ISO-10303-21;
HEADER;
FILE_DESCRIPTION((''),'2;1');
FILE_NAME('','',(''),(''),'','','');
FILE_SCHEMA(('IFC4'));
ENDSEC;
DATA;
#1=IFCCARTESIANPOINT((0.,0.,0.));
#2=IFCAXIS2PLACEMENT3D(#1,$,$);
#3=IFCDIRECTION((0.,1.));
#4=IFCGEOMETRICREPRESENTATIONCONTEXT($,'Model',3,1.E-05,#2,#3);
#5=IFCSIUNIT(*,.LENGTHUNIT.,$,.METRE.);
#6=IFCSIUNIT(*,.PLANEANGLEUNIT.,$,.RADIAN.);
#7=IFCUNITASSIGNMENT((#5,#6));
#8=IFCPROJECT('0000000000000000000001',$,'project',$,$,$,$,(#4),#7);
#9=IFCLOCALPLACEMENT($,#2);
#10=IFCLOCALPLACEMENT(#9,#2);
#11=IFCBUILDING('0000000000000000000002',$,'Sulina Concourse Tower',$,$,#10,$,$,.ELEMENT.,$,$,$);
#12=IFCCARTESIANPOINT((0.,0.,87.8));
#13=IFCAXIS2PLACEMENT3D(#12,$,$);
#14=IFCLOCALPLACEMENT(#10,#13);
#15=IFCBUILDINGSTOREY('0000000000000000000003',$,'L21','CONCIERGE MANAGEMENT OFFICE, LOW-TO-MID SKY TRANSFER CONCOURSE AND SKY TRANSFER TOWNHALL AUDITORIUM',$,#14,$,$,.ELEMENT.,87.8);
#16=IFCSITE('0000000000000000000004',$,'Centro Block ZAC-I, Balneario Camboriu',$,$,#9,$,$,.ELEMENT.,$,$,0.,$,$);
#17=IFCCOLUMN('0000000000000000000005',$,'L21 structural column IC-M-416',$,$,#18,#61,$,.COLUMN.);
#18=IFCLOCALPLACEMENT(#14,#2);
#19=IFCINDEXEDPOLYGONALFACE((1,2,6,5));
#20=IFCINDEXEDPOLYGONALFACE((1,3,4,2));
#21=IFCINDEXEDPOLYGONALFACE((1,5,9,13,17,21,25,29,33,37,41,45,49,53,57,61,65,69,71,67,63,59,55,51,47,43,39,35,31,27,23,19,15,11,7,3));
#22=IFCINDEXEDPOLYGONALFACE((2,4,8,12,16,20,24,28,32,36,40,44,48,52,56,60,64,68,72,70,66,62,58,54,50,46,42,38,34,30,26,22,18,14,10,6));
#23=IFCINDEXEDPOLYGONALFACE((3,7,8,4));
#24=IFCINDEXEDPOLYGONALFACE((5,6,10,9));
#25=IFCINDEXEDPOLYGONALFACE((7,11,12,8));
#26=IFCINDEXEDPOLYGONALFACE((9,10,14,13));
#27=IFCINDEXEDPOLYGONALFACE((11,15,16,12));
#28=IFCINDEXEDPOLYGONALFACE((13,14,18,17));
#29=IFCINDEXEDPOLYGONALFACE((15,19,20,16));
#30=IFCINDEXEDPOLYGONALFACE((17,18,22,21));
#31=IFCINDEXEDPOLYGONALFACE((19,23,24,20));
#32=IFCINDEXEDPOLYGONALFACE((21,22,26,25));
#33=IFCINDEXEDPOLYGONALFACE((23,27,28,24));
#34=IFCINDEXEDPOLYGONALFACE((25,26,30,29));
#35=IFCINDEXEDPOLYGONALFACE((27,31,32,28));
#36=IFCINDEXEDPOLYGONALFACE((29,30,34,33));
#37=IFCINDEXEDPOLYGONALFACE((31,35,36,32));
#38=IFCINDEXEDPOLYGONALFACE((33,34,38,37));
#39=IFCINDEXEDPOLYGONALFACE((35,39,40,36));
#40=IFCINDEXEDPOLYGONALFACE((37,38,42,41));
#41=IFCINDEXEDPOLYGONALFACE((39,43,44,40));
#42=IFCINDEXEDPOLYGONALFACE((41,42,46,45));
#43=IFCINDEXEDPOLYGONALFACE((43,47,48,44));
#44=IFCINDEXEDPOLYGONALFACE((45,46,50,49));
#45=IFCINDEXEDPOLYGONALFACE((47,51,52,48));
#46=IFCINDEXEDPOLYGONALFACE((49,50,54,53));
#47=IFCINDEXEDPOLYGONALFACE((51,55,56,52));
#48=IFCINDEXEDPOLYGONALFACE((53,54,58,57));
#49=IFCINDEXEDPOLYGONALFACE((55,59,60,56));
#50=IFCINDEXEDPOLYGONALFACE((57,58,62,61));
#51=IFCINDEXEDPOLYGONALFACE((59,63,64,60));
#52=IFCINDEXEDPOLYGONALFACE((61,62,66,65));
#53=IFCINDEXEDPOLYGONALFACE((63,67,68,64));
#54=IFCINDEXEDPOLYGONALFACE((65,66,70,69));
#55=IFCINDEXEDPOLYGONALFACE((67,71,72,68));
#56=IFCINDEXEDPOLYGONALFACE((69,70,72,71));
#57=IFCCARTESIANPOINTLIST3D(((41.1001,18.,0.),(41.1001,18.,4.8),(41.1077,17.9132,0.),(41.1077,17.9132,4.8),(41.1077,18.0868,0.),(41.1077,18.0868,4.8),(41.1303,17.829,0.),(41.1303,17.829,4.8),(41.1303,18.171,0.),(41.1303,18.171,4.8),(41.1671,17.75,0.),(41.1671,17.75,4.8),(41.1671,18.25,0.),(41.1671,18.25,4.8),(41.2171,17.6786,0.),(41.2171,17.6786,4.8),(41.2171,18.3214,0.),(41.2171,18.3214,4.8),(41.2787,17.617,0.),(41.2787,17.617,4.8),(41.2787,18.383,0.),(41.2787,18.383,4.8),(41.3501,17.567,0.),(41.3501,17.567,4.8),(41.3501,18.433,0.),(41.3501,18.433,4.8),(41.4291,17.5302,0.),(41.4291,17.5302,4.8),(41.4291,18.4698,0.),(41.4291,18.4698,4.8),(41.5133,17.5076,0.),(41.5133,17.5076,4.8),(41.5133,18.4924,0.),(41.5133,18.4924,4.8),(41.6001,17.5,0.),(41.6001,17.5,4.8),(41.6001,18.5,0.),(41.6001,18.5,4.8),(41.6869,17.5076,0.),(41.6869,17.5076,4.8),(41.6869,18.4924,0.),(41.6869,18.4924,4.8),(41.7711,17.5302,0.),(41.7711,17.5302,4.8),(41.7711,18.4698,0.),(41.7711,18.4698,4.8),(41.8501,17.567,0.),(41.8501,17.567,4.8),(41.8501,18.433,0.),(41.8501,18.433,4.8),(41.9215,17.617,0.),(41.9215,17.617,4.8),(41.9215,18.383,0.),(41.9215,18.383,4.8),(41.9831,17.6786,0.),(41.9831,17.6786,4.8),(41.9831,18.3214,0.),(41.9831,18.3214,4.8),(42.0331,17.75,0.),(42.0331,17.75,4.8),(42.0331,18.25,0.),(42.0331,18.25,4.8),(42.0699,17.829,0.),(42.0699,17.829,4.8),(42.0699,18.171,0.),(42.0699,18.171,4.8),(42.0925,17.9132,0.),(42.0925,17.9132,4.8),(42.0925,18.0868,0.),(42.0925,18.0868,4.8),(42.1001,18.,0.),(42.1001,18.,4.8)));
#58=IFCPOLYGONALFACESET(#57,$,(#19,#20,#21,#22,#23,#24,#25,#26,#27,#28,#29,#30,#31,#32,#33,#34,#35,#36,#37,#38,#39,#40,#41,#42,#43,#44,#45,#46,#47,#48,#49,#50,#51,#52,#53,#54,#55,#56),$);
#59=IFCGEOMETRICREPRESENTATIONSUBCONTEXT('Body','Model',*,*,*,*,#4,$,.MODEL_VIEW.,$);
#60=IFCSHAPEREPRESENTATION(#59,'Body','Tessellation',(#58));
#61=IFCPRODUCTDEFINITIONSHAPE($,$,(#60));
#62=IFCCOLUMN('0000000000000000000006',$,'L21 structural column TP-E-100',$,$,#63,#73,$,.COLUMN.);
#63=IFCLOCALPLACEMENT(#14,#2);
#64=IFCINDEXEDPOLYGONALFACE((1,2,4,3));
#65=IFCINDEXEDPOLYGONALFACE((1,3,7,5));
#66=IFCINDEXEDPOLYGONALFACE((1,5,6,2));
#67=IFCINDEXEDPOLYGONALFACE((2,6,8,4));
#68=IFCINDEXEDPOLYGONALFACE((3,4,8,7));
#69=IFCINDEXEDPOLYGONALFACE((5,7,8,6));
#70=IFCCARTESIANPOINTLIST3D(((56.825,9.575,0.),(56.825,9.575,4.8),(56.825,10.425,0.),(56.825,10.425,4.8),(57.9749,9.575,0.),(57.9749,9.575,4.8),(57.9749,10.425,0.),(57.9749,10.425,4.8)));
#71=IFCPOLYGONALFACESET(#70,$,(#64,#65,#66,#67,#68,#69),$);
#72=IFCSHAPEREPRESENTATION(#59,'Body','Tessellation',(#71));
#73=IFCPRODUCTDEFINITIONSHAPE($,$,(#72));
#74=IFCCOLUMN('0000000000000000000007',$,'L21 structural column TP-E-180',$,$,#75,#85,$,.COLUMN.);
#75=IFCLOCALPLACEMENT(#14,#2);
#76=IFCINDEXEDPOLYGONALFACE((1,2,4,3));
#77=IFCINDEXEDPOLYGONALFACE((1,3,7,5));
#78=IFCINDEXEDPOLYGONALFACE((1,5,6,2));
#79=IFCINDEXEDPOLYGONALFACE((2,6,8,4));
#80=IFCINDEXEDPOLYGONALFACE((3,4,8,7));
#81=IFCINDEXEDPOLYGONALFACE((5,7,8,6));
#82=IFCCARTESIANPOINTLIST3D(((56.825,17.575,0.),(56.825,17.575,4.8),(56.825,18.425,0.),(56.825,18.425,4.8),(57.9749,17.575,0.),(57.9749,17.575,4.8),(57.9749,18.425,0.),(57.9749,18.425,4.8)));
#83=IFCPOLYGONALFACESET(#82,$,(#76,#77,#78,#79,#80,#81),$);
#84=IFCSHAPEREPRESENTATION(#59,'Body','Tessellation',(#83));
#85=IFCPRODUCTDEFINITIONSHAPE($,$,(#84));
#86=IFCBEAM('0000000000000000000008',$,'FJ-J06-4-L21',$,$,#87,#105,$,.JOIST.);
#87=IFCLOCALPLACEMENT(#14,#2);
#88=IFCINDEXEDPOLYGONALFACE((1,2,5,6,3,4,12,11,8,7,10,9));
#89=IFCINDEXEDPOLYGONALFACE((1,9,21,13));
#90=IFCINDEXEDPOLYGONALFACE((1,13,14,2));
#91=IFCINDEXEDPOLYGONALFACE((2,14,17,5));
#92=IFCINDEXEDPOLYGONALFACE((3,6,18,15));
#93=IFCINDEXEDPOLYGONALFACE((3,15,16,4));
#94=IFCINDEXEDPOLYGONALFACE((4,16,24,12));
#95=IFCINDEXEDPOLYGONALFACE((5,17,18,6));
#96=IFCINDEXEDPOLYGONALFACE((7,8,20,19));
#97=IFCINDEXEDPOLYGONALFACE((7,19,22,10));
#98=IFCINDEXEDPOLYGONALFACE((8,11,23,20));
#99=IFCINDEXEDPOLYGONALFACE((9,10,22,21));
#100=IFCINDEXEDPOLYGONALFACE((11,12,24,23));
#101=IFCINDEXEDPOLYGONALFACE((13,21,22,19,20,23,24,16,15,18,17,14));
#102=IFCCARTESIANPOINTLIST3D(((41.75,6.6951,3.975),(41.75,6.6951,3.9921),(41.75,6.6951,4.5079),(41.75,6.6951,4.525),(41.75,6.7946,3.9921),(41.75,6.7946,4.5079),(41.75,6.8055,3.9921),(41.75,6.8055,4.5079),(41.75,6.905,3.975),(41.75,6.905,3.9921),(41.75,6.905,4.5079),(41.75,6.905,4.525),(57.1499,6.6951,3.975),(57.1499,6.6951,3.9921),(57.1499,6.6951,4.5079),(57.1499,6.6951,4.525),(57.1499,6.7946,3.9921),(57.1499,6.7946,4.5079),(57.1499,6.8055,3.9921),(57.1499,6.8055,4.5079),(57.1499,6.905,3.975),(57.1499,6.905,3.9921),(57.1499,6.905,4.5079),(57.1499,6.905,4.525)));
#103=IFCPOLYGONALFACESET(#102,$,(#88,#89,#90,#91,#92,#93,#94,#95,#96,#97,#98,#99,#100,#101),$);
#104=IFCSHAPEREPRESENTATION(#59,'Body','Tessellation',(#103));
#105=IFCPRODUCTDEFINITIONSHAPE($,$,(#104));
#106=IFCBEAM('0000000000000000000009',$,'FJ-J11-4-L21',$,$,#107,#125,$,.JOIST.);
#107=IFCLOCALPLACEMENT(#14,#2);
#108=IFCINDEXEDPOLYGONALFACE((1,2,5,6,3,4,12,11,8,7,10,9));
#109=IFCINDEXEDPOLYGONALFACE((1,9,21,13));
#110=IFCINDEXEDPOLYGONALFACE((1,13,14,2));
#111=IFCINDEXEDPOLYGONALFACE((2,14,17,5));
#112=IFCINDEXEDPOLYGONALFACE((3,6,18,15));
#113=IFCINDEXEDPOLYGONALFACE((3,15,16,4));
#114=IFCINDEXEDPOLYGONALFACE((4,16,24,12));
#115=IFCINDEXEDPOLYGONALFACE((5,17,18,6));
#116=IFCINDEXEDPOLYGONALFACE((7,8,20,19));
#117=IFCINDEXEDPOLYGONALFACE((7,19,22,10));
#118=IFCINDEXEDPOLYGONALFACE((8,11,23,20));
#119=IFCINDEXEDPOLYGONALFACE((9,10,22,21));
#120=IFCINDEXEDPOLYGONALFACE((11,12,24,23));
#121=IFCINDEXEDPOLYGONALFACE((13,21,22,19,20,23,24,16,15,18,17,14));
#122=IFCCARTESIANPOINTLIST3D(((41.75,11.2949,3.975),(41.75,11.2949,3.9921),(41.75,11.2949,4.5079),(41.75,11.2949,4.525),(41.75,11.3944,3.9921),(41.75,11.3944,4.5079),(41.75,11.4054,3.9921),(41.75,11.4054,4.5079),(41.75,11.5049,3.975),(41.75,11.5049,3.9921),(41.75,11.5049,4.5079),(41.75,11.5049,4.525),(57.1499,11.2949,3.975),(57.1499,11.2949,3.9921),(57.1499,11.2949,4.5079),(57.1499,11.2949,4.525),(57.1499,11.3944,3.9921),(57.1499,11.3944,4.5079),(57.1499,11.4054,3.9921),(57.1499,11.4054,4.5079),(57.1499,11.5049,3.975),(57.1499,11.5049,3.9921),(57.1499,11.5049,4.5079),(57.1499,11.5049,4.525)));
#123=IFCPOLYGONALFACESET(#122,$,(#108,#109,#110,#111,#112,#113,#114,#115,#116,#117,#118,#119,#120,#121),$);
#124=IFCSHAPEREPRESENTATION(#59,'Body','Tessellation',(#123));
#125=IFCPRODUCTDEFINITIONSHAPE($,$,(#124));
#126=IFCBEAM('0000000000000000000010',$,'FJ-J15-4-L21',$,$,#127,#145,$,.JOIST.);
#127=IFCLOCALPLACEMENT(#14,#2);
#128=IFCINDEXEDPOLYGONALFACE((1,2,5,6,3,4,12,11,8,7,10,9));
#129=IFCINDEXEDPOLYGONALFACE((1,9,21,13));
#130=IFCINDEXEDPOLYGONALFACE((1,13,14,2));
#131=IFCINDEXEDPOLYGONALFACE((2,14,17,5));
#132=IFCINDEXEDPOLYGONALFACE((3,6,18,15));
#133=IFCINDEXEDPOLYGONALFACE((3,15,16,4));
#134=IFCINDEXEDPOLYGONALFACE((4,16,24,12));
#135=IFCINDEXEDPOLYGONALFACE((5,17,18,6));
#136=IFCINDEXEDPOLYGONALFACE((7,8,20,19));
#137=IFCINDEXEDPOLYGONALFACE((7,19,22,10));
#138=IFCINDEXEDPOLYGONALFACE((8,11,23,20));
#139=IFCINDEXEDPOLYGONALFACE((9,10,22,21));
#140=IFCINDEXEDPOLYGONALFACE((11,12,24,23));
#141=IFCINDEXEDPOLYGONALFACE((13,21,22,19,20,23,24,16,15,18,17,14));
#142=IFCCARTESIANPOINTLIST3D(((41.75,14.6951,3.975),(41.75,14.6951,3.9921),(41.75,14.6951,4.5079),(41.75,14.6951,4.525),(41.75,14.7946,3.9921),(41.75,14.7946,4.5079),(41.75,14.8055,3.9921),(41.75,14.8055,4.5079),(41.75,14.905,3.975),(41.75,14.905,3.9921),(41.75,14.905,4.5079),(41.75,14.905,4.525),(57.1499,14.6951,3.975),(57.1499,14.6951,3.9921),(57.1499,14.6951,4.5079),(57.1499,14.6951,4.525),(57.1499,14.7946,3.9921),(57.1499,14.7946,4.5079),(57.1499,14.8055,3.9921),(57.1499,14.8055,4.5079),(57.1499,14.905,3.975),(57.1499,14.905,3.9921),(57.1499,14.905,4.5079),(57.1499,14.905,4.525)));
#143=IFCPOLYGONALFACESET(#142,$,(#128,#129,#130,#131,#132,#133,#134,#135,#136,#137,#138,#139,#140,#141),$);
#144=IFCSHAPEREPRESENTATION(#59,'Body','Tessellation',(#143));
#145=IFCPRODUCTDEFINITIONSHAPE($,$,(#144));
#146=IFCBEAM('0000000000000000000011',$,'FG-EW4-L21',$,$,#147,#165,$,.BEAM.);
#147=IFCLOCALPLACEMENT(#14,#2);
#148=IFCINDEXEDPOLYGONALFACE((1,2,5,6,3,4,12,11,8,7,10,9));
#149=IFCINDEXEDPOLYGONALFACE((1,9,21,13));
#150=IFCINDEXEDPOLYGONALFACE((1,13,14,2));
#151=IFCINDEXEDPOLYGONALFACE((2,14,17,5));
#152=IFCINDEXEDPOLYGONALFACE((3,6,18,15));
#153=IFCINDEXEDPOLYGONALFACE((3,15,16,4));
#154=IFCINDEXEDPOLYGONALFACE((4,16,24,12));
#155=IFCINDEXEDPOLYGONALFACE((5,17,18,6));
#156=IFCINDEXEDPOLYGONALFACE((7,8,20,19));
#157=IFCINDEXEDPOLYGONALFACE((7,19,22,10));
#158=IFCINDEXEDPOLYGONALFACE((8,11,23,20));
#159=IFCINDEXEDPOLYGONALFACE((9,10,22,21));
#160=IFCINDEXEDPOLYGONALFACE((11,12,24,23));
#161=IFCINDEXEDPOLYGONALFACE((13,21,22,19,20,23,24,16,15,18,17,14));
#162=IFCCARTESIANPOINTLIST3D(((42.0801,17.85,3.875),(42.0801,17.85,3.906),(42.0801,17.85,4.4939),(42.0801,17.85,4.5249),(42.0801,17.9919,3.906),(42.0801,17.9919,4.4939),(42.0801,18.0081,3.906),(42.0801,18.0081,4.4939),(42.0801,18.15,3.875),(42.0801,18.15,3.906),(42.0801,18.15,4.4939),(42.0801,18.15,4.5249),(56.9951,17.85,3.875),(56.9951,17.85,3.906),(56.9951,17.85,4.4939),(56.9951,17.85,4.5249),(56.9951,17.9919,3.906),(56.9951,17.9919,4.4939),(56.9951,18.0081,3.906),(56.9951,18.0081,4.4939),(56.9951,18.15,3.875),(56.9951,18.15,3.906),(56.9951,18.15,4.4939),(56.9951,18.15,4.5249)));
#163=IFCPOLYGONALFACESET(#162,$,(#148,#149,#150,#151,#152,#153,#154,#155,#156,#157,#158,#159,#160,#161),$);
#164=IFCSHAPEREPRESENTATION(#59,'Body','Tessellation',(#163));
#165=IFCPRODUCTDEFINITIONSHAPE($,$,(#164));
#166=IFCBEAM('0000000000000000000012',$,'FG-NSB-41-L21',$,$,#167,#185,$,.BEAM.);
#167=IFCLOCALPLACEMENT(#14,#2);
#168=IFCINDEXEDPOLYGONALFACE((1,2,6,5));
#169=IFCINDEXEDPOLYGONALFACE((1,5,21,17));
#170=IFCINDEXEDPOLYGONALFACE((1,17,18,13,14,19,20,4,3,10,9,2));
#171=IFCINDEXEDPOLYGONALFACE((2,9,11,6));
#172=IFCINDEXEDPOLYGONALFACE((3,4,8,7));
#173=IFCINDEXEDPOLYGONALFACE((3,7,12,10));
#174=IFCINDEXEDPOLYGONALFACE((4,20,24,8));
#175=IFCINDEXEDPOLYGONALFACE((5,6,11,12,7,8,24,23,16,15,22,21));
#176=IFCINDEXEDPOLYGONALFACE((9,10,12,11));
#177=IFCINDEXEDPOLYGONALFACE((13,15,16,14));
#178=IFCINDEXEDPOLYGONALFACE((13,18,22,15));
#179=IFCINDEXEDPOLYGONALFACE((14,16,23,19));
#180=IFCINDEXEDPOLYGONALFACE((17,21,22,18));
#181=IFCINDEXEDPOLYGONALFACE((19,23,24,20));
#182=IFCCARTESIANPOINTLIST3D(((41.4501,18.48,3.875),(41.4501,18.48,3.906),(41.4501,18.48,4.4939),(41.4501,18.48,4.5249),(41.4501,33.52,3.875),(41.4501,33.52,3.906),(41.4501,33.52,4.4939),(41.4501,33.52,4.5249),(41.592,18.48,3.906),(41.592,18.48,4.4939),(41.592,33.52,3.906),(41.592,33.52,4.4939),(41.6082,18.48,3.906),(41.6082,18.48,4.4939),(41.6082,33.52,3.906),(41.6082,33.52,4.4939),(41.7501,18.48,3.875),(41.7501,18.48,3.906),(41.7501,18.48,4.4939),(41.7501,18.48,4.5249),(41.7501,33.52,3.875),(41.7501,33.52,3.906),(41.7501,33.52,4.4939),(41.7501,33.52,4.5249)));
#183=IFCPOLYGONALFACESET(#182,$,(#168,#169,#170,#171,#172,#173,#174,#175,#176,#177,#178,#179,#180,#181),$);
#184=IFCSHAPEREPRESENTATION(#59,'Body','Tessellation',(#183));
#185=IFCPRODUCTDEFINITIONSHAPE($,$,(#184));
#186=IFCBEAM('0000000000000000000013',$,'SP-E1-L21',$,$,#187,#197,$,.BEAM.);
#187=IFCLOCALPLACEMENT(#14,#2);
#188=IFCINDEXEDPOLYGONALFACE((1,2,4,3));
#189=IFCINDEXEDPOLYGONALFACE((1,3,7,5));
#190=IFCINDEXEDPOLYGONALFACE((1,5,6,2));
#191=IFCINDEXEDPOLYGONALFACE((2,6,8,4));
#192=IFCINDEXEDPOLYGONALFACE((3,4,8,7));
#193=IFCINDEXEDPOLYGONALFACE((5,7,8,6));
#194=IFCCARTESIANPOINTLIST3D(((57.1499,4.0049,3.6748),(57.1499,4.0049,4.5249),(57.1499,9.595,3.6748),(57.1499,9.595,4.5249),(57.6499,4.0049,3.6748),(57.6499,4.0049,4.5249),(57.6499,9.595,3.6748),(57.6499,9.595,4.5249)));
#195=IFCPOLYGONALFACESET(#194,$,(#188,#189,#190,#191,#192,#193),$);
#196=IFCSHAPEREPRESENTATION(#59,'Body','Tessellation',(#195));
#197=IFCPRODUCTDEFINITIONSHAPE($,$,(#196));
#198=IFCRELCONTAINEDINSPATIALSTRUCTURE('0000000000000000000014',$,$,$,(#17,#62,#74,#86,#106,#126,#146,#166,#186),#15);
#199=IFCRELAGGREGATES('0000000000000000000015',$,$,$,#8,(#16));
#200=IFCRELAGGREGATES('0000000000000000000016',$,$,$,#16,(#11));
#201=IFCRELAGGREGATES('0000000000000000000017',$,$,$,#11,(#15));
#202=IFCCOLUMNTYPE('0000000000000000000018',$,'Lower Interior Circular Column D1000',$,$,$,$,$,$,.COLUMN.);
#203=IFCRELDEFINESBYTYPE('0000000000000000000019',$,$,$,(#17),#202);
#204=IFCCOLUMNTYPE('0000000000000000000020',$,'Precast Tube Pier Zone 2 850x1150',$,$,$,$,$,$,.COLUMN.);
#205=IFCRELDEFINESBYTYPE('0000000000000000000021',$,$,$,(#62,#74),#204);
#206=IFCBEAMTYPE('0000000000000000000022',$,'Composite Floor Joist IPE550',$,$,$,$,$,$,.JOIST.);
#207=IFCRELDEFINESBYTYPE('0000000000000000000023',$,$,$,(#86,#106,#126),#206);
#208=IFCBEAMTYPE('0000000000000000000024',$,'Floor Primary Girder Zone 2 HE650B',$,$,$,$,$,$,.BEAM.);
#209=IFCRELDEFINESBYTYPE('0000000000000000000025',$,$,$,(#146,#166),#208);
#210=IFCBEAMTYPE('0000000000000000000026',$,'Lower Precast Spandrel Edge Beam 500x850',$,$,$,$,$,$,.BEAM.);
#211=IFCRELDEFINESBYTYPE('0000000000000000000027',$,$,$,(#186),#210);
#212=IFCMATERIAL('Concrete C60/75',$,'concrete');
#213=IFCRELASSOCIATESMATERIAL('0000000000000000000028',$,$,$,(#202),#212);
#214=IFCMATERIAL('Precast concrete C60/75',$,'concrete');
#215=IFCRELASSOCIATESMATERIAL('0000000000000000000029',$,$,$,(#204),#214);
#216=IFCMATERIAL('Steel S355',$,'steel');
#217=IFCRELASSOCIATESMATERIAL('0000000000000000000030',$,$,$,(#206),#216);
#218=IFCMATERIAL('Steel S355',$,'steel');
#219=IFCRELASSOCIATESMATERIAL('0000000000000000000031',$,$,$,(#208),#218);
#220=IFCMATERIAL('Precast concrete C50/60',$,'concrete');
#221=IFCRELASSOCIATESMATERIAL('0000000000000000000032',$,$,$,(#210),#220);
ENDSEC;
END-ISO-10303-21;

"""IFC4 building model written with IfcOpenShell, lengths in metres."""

from ifc_helpers import new_model, si_unit, direction, frame, origin, origin_2d, place, context, subcontext, project, spatial, rectangle, circle, i_section, extrude, material, material_profile, profile_set, type_object, element, save


model = new_model("IFC4")

# Units and contexts
model_context = context("Model", 3, precision=1e-05, world=origin(), true_north=direction((0.0, 1.0)))
body_context = subcontext(model_context, "Body", "Model", "MODEL_VIEW")
ifc_project = project(units=[si_unit("LENGTHUNIT", "METRE"), si_unit("PLANEANGLEUNIT", "RADIAN")], contexts=[model_context])

# Site, building, storey
site_placement = place(None, origin())
site = spatial("IfcSite", under=ifc_project, at=site_placement, Name="Centro Block ZAC-I, Balneario Camboriu", CompositionType="ELEMENT", RefElevation=0.0)
building_placement = place(site_placement, origin())
building = spatial("IfcBuilding", under=site, at=building_placement, Name="Sulina Concourse Tower", CompositionType="ELEMENT")
storey_placement = place(building_placement, frame((0.0, 0.0, 87.8)))
storey = spatial("IfcBuildingStorey", under=building, at=storey_placement, Name="L21", Description="CONCIERGE MANAGEMENT OFFICE, LOW-TO-MID SKY TRANSFER CONCOURSE AND SKY TRANSFER TOWNHALL AUDITORIUM", CompositionType="ELEMENT", Elevation=87.8)

# Columns
ifc_material_1 = material(Name="Concrete C60/75", Category="concrete")
ifc_material_profile_1 = material_profile(ifc_material_1, circle(Radius=0.5, at=origin_2d()), Name="RC D1000")
ifc_profile_set_1 = profile_set([ifc_material_profile_1], Name="Concrete C60/75")
column_type_1 = type_object("IfcColumnType", Name="Lower Interior Circular Column D1000", PredefinedType="COLUMN", material=ifc_profile_set_1)
column_placement = place(storey_placement, frame((41.6001, 18.0, 0.0), z_axis=(0.0, 0.0, 1.0), x_axis=(1.0, 0.0, 0.0)))
element("IfcColumn", 1, at=column_placement, inside=storey, type_object=column_type_1, Name="L21 structural column IC-M-416", PredefinedType="COLUMN", context=body_context, shape_type="SweptSolid", body=[
    extrude(circle(Radius=0.5, at=origin_2d()), origin(), (0.0, 0.0, 1.0), 4.8),
])
ifc_material_2 = material(Name="Precast concrete C60/75", Category="concrete")
ifc_material_profile_2 = material_profile(ifc_material_2, rectangle(XDim=0.8501, YDim=1.1499, at=origin_2d()), Name="PC 850x1150")
ifc_profile_set_2 = profile_set([ifc_material_profile_2], Name="Precast concrete C60/75")
column_type_2 = type_object("IfcColumnType", Name="Precast Tube Pier Zone 2 850x1150", PredefinedType="COLUMN", material=ifc_profile_set_2)
for number, where, z_axis, x_axis, name in (
    (2, (57.3999, 10.0, 0.0), (0.0, 0.0, 1.0), (0.0, 1.0, 0.0), "L21 structural column TP-E-100"),
    (3, (57.3999, 18.0, 0.0), (0.0, 0.0, 1.0), (0.0, 1.0, 0.0), "L21 structural column TP-E-180"),
):
    element("IfcColumn", number, at=place(storey_placement, frame(where, z_axis=z_axis, x_axis=x_axis)), inside=storey, type_object=column_type_2, Name=name, PredefinedType="COLUMN", context=body_context, shape_type="SweptSolid", body=[
        extrude(rectangle(XDim=0.8501, YDim=1.1499, at=origin_2d()), origin(), (0.0, 0.0, 1.0), 4.8),
    ])

# Beams
ifc_material_3 = material(Name="Steel S355", Category="steel")
ifc_material_profile_3 = material_profile(ifc_material_3, i_section(OverallWidth=0.21, OverallDepth=0.55, WebThickness=0.011, FlangeThickness=0.0171, at=origin_2d()), Name="IPE 550")
ifc_profile_set_3 = profile_set([ifc_material_profile_3], Name="Steel S355")
beam_type_1 = type_object("IfcBeamType", Name="Composite Floor Joist IPE550", PredefinedType="JOIST", material=ifc_profile_set_3)
for number, where, z_axis, x_axis, name in (
    (4, (41.75, 6.8, 4.25), (1.0, 0.0, 0.0), (0.0, 1.0, 0.0), "FJ-J06-4-L21"),
    (5, (41.75, 11.3999, 4.25), (1.0, 0.0, 0.0), (0.0, 1.0, 0.0), "FJ-J11-4-L21"),
    (6, (41.75, 14.8, 4.25), (1.0, 0.0, 0.0), (0.0, 1.0, 0.0), "FJ-J15-4-L21"),
):
    element("IfcBeam", number, at=place(storey_placement, frame(where, z_axis=z_axis, x_axis=x_axis)), inside=storey, type_object=beam_type_1, Name=name, PredefinedType="JOIST", context=body_context, shape_type="SweptSolid", body=[
        extrude(i_section(OverallWidth=0.21, OverallDepth=0.55, WebThickness=0.011, FlangeThickness=0.0171, at=origin_2d()), origin(), (0.0, 0.0, 1.0), 15.3999),
    ])
ifc_material_4 = material(Name="Steel S355", Category="steel")
ifc_material_profile_4 = material_profile(ifc_material_4, i_section(OverallWidth=0.3, OverallDepth=0.6499, WebThickness=0.0161, FlangeThickness=0.031, at=origin_2d()), Name="HE 650 B")
ifc_profile_set_4 = profile_set([ifc_material_profile_4], Name="Steel S355")
beam_type_2 = type_object("IfcBeamType", Name="Floor Primary Girder Zone 2 HE650B", PredefinedType="BEAM", material=ifc_profile_set_4)
beam_1_placement = place(storey_placement, frame((42.0801, 18.0, 4.2), z_axis=(1.0, 0.0, 0.0), x_axis=(0.0, 1.0, 0.0)))
element("IfcBeam", 7, at=beam_1_placement, inside=storey, type_object=beam_type_2, Name="FG-EW4-L21", PredefinedType="BEAM", context=body_context, shape_type="SweptSolid", body=[
    extrude(i_section(OverallWidth=0.3, OverallDepth=0.6499, WebThickness=0.0161, FlangeThickness=0.031, at=origin_2d()), origin(), (0.0, 0.0, 1.0), 14.915),
])
beam_2_placement = place(storey_placement, frame((41.6001, 18.48, 4.2), z_axis=(0.0, 1.0, 0.0), x_axis=(-1.0, 0.0, 0.0)))
element("IfcBeam", 8, at=beam_2_placement, inside=storey, type_object=beam_type_2, Name="FG-NSB-41-L21", PredefinedType="BEAM", context=body_context, shape_type="SweptSolid", body=[
    extrude(i_section(OverallWidth=0.3, OverallDepth=0.6499, WebThickness=0.0161, FlangeThickness=0.031, at=origin_2d()), origin(), (0.0, 0.0, 1.0), 15.04),
])
ifc_material_5 = material(Name="Precast concrete C50/60", Category="concrete")
ifc_material_profile_5 = material_profile(ifc_material_5, rectangle(XDim=0.5, YDim=0.8501, at=origin_2d()), Name="RC 500x850")
ifc_profile_set_5 = profile_set([ifc_material_profile_5], Name="Precast concrete C50/60")
beam_type_3 = type_object("IfcBeamType", Name="Lower Precast Spandrel Edge Beam 500x850", PredefinedType="BEAM", material=ifc_profile_set_5)
beam_3_placement = place(storey_placement, frame((57.3999, 4.0049, 4.0999), z_axis=(0.0, 1.0, 0.0), x_axis=(-1.0, 0.0, 0.0)))
element("IfcBeam", 9, at=beam_3_placement, inside=storey, type_object=beam_type_3, Name="SP-E1-L21", PredefinedType="BEAM", context=body_context, shape_type="SweptSolid", body=[
    extrude(rectangle(XDim=0.5, YDim=0.8501, at=origin_2d()), origin(), (0.0, 0.0, 1.0), 5.5901),
])

save(model, "model.ifc")
